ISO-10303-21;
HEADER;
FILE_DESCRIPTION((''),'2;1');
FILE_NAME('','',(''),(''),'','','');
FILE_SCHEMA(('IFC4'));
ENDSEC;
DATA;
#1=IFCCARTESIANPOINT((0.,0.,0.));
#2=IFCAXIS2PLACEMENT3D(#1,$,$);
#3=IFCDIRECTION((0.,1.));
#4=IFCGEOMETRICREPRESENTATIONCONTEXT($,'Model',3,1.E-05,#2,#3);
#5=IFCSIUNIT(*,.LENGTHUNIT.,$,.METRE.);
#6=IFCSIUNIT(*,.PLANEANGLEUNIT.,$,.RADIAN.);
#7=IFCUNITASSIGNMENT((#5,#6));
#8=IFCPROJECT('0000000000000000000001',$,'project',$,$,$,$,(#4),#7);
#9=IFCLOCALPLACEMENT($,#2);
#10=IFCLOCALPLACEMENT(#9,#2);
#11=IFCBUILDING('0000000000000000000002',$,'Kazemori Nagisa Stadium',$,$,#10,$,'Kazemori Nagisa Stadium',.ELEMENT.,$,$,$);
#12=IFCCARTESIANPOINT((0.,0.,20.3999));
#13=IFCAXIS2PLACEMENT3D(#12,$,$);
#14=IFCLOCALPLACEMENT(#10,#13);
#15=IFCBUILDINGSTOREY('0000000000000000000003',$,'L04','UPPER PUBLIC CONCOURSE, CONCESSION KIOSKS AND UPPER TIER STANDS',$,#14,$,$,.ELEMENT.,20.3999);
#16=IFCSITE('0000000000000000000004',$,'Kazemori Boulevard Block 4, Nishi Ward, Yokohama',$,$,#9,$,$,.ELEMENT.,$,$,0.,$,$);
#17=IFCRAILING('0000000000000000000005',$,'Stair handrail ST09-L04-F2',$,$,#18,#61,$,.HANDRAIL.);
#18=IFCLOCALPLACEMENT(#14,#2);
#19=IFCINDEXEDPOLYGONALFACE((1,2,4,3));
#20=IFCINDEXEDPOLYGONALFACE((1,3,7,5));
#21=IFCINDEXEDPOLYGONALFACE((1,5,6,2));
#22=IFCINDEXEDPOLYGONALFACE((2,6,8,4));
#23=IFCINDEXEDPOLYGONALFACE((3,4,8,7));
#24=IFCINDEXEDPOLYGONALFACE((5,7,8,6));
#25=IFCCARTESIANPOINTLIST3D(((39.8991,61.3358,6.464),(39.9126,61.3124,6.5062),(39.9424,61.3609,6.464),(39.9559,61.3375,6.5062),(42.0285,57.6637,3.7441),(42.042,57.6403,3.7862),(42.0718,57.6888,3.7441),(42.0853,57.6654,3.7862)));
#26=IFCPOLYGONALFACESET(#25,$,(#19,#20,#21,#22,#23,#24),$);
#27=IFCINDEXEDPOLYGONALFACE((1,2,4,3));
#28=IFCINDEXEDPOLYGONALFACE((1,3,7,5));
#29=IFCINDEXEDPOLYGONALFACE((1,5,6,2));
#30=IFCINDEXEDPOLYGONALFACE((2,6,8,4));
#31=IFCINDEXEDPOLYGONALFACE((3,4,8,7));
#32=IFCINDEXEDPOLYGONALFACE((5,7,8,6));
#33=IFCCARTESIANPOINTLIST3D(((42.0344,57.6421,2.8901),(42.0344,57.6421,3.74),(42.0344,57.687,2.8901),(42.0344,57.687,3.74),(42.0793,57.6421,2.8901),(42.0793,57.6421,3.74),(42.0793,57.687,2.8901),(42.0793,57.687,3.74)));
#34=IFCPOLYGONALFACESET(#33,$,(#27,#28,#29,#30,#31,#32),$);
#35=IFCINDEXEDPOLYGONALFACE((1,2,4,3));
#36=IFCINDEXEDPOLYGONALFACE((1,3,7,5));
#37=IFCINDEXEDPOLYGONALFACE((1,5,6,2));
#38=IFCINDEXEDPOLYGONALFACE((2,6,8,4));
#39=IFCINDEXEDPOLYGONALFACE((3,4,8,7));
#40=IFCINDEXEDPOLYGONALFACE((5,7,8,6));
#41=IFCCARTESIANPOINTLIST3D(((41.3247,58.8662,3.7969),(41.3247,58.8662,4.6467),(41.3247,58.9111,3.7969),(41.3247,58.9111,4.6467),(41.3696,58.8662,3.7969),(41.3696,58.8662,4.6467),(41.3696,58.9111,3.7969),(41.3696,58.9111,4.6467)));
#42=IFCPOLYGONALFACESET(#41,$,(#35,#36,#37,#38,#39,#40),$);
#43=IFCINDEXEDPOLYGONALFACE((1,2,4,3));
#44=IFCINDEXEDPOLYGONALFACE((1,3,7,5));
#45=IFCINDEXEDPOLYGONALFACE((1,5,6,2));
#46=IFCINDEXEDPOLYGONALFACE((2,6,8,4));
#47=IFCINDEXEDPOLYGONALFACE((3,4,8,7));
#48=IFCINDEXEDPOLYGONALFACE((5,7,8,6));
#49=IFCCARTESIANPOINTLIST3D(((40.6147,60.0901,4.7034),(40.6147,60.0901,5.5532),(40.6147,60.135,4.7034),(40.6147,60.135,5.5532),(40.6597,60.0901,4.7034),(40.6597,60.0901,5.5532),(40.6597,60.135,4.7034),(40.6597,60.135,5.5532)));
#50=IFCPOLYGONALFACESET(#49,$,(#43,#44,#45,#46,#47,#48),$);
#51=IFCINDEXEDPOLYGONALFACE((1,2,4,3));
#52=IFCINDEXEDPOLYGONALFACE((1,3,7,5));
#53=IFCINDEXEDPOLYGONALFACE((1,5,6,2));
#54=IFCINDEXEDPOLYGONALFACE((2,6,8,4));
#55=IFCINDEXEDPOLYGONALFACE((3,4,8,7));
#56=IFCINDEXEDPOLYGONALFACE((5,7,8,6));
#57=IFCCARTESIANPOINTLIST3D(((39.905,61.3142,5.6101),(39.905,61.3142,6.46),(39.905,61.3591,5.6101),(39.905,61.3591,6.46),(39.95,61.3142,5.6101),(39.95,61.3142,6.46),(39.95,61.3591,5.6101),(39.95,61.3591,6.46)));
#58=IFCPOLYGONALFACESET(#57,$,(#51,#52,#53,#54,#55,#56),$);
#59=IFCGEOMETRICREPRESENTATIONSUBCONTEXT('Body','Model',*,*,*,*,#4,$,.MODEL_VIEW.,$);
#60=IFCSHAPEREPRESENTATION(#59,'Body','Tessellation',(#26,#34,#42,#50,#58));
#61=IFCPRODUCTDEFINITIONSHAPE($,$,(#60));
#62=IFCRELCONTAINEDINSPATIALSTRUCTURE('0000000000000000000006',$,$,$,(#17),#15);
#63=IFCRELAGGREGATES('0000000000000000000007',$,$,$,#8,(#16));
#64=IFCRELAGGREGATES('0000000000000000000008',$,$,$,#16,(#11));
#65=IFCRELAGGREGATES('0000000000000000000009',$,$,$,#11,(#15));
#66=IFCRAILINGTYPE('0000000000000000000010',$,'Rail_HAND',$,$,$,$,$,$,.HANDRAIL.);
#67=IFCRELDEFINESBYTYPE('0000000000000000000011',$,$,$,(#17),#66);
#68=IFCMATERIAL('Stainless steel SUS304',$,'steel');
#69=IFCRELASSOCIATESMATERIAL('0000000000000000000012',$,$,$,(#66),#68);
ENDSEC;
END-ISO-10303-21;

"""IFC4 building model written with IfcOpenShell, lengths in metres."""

from ifc_helpers import new_model, si_unit, direction, frame, origin, origin_2d, place, context, subcontext, project, spatial, rectangle, extrude, material, type_object, element, save


model = new_model("IFC4")

# Units and contexts
model_context = context("Model", 3, precision=1e-05, world=origin(), true_north=direction((0.0, 1.0)))
body_context = subcontext(model_context, "Body", "Model", "MODEL_VIEW")
ifc_project = project(units=[si_unit("LENGTHUNIT", "METRE"), si_unit("PLANEANGLEUNIT", "RADIAN")], contexts=[model_context])

# Site, building, storey
site_placement = place(None, origin())
site = spatial("IfcSite", under=ifc_project, at=site_placement, Name="Kazemori Boulevard Block 4, Nishi Ward, Yokohama", CompositionType="ELEMENT", RefElevation=0.0)
building_placement = place(site_placement, origin())
building = spatial("IfcBuilding", under=site, at=building_placement, Name="Kazemori Nagisa Stadium", LongName="Kazemori Nagisa Stadium", CompositionType="ELEMENT")
storey_placement = place(building_placement, frame((0.0, 0.0, 20.3999)))
storey = spatial("IfcBuildingStorey", under=building, at=storey_placement, Name="L04", Description="UPPER PUBLIC CONCOURSE, CONCESSION KIOSKS AND UPPER TIER STANDS", CompositionType="ELEMENT", Elevation=20.3999)

# Shared definitions
ifc_material_1 = material(Name="Stainless steel SUS304", Category="steel")

# Railing
railing_type_1 = type_object("IfcRailingType", Name="Rail_HAND", PredefinedType="HANDRAIL", material=ifc_material_1)
railing_1_placement = place(storey_placement, frame((42.0569, 57.6646, 2.8901)))
element("IfcRailing", 1, at=railing_1_placement, inside=storey, type_object=railing_type_1, Name="Stair handrail ST09-L04-F2", PredefinedType="HANDRAIL", context=body_context, shape_type="SweptSolid", body=[
    extrude(rectangle(XDim=0.05, YDim=0.05, at=origin_2d()), frame((0.0, 0.0, 0.875), z_axis=(-0.422371, 0.728374, 0.539513), x_axis=(-0.865076, -0.501641, 0.0)), (0.0, 0.0, 1.0), 5.0415),
    extrude(rectangle(XDim=0.0449, YDim=0.0449, at=origin_2d()), origin(), (0.0, 0.0, 1.0), 0.8499),
    extrude(rectangle(XDim=0.0449, YDim=0.0449, at=origin_2d()), frame((-0.7097, 1.2241, 0.9067)), (0.0, 0.0, 1.0), 0.8499),
    extrude(rectangle(XDim=0.0449, YDim=0.0449, at=origin_2d()), frame((-1.4197, 2.448, 1.8132)), (0.0, 0.0, 1.0), 0.8499),
    extrude(rectangle(XDim=0.0449, YDim=0.0449, at=origin_2d()), frame((-2.1294, 3.6721, 2.72)), (0.0, 0.0, 1.0), 0.8499),
])

save(model, "model.ifc")
